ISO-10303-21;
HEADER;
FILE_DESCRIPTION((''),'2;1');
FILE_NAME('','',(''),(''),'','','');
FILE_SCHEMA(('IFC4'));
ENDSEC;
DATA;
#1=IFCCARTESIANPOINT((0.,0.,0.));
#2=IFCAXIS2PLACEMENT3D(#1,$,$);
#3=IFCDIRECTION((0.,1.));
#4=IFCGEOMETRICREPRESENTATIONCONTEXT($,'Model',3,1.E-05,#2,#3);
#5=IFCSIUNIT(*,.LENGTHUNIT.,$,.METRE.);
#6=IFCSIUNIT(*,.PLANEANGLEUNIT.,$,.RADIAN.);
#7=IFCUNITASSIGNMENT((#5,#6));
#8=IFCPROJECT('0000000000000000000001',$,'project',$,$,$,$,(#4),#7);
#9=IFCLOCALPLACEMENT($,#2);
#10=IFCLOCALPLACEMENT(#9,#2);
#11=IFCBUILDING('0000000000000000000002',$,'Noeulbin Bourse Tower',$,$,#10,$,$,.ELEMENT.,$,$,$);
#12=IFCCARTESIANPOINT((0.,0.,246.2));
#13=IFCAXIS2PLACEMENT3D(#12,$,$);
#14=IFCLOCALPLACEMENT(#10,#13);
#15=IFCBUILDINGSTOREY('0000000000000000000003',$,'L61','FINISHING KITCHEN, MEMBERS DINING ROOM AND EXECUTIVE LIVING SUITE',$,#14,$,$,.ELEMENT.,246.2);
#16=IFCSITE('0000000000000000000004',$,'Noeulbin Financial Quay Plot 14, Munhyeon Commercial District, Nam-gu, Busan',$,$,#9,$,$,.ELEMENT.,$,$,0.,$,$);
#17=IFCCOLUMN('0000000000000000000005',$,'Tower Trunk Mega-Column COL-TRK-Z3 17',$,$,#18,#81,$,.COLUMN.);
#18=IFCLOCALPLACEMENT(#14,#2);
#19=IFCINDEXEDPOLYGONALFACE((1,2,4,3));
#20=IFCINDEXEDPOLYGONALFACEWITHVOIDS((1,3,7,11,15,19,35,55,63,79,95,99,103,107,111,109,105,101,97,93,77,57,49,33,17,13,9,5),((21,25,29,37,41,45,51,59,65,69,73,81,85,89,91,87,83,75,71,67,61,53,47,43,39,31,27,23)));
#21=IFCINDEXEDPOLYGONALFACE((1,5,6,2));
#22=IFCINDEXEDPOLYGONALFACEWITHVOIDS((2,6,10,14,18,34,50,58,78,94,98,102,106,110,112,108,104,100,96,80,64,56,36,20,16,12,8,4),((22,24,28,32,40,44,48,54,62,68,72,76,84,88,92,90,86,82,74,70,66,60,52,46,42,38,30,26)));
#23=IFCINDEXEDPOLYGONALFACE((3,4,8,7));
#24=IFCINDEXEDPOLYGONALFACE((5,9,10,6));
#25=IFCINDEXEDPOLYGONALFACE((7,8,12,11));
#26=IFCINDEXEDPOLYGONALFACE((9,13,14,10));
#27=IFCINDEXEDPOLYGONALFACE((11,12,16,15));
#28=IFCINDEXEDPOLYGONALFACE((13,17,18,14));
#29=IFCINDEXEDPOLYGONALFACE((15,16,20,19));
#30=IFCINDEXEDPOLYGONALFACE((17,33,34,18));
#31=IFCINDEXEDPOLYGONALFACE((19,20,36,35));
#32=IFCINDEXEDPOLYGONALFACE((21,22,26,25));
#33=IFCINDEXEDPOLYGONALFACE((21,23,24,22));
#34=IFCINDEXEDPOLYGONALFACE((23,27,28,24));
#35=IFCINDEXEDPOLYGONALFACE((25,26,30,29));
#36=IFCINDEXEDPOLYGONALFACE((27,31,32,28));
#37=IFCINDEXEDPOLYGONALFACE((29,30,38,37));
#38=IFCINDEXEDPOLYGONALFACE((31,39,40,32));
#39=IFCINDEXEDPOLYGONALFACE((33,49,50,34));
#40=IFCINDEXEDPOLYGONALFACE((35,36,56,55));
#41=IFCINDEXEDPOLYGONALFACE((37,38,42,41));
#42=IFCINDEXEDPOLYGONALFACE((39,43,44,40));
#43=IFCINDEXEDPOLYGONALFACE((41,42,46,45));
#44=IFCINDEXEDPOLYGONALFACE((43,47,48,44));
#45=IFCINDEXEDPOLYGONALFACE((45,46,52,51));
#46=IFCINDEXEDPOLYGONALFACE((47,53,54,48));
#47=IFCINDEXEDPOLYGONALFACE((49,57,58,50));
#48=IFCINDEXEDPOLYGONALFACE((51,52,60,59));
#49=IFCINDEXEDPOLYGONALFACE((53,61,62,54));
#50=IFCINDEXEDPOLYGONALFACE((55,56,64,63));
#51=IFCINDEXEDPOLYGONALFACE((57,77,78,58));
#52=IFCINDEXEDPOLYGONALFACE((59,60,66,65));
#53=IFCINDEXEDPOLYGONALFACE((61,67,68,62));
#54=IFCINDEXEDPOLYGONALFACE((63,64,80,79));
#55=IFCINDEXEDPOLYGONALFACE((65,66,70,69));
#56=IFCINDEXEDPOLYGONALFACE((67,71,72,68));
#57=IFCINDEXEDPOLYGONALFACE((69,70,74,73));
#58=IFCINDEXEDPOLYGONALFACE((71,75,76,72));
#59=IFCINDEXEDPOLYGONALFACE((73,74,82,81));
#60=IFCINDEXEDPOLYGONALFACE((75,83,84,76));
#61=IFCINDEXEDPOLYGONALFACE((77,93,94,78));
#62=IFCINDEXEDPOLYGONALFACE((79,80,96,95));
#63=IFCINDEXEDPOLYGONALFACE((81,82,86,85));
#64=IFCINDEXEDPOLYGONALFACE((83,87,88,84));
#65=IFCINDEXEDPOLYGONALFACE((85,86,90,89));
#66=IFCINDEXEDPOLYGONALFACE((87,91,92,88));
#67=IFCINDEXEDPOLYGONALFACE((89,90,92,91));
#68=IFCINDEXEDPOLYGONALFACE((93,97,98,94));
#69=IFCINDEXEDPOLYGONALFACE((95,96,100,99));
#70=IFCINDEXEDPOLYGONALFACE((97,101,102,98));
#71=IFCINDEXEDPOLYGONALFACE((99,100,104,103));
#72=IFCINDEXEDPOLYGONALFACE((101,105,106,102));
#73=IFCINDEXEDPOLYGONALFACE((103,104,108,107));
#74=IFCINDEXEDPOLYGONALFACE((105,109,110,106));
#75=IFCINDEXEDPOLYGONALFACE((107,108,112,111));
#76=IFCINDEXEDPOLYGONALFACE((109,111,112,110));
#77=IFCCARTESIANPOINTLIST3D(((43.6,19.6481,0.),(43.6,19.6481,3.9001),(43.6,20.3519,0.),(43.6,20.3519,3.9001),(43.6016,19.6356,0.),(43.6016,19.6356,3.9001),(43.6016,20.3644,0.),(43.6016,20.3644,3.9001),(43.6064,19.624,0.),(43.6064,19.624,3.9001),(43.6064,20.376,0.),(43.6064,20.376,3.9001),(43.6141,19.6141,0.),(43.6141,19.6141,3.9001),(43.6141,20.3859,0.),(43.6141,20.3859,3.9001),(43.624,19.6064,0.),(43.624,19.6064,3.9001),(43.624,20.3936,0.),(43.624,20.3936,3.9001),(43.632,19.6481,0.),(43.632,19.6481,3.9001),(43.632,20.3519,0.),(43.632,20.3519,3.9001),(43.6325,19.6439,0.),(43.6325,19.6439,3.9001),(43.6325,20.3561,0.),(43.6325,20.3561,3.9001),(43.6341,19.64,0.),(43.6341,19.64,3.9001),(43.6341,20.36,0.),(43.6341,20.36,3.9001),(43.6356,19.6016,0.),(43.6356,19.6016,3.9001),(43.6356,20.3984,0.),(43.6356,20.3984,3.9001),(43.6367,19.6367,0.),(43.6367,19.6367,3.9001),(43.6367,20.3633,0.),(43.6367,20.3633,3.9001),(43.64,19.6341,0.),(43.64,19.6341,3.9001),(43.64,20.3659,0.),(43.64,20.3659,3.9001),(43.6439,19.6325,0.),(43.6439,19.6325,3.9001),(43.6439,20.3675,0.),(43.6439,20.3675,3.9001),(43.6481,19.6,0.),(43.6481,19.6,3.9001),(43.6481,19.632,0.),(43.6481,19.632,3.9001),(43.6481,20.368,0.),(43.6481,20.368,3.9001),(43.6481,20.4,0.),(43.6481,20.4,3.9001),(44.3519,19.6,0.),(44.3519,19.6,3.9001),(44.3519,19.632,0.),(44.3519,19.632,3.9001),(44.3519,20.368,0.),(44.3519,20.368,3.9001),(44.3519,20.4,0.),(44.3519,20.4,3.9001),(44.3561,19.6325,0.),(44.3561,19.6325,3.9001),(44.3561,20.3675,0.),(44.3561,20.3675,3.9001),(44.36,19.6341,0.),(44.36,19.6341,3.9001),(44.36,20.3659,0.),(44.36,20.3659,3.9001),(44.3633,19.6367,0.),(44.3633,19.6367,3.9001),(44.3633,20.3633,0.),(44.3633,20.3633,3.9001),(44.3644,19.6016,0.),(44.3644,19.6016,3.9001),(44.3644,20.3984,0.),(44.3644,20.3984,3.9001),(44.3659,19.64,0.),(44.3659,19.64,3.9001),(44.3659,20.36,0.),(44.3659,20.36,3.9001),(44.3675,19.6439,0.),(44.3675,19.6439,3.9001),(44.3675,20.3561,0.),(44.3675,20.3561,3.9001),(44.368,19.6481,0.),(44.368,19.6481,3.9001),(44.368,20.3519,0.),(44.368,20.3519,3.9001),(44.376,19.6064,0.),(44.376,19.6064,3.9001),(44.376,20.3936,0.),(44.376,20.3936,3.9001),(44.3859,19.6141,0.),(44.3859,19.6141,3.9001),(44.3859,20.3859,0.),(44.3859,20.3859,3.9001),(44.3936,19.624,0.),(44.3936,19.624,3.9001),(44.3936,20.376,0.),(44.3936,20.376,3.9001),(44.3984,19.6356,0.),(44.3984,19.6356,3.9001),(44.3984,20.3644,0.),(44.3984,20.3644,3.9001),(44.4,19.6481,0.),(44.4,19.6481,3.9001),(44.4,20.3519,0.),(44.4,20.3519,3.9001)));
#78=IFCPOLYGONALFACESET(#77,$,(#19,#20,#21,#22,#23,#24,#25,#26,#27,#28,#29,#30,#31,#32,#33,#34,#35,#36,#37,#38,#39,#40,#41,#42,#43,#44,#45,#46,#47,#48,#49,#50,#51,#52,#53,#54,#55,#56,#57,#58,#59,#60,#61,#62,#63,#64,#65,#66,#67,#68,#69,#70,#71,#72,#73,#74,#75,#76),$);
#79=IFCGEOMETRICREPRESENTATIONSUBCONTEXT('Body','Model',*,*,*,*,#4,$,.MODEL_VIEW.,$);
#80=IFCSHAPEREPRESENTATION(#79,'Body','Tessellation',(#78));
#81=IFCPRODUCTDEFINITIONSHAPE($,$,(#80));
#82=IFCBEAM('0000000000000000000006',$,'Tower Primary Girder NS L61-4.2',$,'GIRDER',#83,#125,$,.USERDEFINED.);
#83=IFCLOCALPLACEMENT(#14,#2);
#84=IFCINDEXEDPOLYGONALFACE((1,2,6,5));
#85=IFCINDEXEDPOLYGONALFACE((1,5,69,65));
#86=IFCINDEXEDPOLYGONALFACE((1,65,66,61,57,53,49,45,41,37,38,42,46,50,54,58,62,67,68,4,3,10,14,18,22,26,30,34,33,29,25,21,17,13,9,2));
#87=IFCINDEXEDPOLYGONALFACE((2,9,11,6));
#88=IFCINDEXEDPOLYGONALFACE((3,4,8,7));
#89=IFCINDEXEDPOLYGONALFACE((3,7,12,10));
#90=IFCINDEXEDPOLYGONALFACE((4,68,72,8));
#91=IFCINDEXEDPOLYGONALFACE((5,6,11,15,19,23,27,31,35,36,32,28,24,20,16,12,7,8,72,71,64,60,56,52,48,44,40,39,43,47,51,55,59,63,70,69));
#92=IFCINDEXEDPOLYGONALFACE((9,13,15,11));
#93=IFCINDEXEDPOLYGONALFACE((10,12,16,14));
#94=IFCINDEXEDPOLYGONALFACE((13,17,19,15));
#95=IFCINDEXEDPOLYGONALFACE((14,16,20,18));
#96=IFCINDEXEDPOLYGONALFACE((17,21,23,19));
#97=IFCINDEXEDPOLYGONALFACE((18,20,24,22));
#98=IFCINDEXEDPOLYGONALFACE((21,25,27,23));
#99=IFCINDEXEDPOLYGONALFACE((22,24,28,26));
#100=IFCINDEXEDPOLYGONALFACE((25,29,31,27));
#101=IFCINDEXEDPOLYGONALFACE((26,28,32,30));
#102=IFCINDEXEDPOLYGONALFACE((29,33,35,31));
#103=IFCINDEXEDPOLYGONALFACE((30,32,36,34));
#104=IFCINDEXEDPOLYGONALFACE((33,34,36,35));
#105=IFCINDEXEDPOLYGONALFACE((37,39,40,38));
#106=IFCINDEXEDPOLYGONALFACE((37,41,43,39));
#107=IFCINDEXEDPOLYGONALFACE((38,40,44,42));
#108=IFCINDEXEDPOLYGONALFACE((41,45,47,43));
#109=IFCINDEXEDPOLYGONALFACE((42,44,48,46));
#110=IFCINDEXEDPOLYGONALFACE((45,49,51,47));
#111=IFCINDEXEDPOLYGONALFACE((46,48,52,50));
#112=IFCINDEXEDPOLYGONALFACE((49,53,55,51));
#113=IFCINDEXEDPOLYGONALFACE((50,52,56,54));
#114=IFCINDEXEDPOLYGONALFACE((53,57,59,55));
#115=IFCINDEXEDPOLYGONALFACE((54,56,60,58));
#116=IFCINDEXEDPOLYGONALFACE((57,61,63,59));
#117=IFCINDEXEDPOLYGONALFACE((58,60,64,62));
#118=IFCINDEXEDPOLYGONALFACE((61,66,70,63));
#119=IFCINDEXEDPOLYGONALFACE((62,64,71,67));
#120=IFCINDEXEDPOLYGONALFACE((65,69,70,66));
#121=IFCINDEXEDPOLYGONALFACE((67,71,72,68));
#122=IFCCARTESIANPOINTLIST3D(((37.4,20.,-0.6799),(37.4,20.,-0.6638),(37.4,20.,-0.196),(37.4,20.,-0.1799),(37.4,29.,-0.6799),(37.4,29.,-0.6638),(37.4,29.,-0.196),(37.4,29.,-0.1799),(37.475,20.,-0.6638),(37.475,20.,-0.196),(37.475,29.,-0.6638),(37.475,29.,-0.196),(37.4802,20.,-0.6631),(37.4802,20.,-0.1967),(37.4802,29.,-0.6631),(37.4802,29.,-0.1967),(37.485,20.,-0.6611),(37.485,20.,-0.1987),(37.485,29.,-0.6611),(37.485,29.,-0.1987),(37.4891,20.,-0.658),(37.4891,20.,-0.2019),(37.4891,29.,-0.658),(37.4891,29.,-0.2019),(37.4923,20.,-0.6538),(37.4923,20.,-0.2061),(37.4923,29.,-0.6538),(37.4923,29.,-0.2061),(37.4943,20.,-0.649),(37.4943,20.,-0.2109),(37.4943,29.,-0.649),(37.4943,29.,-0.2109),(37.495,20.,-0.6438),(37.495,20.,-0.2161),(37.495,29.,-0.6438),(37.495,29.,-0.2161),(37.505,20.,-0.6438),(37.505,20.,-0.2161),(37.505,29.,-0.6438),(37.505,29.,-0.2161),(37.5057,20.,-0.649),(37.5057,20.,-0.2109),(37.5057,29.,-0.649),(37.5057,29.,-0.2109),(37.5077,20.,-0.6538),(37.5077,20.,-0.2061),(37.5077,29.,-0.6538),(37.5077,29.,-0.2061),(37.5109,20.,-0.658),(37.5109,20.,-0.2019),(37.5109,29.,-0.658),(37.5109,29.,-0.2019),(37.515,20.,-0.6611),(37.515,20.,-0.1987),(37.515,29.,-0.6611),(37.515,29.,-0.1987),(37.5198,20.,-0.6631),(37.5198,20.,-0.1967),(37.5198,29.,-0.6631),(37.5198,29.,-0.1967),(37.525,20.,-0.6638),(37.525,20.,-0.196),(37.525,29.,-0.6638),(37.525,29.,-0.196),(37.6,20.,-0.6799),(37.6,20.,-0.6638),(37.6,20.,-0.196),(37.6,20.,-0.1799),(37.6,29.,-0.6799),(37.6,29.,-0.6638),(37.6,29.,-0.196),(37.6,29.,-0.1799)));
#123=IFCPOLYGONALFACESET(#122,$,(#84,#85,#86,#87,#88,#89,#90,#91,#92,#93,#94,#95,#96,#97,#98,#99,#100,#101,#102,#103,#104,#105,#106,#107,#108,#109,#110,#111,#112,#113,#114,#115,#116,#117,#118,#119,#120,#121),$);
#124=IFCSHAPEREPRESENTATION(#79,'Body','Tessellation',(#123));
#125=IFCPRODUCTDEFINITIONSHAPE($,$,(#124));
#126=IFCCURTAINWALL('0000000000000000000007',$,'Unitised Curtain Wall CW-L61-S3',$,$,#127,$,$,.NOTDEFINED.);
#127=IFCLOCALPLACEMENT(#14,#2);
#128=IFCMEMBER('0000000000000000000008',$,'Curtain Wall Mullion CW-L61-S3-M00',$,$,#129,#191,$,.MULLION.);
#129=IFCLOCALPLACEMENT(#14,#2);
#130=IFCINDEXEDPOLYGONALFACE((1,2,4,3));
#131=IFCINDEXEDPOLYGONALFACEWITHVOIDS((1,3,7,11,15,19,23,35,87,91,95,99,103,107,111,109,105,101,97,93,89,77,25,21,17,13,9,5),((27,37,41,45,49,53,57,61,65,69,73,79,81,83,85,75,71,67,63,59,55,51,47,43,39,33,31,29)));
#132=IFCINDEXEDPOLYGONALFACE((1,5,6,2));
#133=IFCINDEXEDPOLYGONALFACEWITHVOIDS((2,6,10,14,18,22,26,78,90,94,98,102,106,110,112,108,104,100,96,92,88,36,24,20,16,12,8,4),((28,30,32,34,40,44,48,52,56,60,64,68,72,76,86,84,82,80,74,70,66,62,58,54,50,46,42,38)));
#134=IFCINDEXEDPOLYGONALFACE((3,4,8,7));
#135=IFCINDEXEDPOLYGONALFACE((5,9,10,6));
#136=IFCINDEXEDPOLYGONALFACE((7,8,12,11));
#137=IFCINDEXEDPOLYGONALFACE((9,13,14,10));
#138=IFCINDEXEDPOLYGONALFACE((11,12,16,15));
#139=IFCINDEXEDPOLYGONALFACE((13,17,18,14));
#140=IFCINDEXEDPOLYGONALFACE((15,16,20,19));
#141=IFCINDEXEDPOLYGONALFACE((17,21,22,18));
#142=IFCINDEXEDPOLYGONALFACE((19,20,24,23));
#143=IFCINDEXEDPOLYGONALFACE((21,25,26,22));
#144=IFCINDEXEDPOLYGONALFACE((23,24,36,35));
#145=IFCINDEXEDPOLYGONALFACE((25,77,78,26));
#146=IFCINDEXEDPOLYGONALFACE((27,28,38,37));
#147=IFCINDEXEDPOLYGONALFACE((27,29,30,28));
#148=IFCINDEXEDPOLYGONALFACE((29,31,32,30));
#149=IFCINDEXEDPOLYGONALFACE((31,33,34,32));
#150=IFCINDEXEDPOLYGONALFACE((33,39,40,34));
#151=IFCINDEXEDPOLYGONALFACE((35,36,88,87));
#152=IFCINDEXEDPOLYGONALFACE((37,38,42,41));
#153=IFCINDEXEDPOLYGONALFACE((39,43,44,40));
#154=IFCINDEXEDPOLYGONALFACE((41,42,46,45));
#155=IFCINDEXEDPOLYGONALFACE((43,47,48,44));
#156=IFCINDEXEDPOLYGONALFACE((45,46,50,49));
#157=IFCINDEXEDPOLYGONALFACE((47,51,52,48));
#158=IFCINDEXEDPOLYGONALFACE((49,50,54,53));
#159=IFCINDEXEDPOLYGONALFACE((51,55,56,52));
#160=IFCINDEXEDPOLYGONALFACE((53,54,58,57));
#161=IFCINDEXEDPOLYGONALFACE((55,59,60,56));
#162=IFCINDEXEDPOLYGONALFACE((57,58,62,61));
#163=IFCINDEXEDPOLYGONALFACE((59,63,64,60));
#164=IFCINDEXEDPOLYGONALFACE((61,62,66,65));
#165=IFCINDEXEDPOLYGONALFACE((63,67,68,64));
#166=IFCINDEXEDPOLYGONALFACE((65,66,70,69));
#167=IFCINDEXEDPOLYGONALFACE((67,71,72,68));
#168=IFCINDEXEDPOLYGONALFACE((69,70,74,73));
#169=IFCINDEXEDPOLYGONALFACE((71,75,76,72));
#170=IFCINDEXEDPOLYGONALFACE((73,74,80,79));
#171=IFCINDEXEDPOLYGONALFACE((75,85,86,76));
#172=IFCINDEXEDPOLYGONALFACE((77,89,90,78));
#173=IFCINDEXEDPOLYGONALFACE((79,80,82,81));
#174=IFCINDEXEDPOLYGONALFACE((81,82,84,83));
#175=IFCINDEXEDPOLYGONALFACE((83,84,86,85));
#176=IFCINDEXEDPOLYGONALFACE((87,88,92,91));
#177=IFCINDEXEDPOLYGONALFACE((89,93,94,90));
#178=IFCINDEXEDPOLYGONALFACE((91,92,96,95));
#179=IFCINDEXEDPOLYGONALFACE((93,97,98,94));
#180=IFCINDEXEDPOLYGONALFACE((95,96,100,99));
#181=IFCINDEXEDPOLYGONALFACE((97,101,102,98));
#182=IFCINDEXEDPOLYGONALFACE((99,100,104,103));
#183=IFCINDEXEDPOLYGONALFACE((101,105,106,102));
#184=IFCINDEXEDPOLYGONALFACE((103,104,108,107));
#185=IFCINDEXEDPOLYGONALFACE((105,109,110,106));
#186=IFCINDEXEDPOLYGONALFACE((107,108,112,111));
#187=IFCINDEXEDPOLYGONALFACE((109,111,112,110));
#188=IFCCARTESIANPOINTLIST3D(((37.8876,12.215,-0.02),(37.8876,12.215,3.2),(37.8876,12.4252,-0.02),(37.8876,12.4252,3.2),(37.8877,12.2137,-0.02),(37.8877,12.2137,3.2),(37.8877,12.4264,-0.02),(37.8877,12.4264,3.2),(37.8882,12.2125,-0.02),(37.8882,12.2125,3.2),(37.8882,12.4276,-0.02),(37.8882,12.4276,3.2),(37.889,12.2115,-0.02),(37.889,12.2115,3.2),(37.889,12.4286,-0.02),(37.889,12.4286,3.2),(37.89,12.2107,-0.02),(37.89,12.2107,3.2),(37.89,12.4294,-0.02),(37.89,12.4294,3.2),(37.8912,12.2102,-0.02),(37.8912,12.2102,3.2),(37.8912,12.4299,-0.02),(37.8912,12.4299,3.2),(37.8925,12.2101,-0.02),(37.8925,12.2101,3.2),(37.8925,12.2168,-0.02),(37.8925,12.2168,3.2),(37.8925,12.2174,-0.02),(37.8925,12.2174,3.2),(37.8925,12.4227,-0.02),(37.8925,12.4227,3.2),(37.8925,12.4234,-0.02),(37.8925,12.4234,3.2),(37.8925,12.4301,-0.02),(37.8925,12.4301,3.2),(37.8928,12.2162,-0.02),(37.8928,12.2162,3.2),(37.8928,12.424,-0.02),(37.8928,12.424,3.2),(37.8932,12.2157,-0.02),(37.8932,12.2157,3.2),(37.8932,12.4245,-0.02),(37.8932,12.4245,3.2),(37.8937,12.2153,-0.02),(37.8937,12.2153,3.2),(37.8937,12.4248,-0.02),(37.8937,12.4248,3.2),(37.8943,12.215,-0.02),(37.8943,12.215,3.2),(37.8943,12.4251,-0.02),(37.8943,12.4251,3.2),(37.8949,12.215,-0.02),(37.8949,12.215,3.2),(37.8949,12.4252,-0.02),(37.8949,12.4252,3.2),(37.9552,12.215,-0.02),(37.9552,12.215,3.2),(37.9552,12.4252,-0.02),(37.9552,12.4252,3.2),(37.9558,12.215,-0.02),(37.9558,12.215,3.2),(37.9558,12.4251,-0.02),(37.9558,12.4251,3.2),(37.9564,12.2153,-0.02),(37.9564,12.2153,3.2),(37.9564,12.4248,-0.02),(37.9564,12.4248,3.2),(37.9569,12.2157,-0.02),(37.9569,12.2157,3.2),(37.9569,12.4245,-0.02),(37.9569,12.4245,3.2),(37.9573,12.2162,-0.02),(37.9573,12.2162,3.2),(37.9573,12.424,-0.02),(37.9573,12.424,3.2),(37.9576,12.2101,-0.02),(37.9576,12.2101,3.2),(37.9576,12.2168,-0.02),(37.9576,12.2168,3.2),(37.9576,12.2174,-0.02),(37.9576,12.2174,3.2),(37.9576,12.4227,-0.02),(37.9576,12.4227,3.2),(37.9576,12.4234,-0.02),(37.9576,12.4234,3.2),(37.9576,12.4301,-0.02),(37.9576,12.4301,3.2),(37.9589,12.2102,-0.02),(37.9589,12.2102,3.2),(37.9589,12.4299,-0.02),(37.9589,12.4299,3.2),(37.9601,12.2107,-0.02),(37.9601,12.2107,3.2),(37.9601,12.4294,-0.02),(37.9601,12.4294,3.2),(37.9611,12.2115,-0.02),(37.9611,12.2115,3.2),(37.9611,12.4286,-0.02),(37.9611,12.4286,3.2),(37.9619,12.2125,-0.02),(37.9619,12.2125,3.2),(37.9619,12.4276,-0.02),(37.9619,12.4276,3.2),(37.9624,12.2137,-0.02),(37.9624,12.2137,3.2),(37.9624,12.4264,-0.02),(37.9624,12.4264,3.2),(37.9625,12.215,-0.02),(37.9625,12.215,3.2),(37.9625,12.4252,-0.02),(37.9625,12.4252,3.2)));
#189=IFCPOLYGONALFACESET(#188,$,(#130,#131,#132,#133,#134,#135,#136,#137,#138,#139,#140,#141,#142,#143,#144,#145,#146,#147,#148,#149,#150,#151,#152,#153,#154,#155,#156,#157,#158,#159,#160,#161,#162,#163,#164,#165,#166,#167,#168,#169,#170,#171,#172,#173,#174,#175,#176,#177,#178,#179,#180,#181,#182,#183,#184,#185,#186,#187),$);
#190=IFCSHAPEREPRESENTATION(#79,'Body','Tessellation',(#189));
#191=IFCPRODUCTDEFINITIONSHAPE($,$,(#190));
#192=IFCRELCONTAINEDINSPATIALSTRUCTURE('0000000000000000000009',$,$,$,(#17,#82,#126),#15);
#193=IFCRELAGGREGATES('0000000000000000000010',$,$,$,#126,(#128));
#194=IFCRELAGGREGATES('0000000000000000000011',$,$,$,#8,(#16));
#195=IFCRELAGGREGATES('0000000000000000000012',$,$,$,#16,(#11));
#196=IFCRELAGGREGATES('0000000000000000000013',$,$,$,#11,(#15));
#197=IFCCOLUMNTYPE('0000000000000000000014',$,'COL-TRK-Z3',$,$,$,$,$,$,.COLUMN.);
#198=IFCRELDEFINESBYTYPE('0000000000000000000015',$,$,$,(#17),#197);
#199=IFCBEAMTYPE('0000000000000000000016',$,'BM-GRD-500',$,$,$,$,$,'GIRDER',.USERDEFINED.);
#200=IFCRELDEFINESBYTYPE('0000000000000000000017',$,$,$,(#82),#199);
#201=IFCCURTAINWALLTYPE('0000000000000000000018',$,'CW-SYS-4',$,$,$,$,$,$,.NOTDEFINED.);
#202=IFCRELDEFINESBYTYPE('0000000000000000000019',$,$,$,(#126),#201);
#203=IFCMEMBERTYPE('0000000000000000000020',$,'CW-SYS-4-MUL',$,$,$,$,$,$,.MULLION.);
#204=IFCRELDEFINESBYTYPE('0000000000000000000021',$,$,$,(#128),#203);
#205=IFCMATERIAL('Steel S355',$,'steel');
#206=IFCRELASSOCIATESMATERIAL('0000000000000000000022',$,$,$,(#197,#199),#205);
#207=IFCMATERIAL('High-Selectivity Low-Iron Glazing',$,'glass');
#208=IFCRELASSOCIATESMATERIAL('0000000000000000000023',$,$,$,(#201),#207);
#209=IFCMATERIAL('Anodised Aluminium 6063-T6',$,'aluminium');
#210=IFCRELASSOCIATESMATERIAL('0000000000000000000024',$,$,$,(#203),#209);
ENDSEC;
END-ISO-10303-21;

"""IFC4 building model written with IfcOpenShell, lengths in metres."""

from ifc_helpers import new_model, si_unit, direction, frame, origin, origin_2d, place, context, subcontext, project, spatial, hollow_rectangle, i_section, extrude, material, material_profile, profile_set, type_object, element, aggregate, save


model = new_model("IFC4")

# Units and contexts
model_context = context("Model", 3, precision=1e-05, world=origin(), true_north=direction((0.0, 1.0)))
body_context = subcontext(model_context, "Body", "Model", "MODEL_VIEW")
ifc_project = project(units=[si_unit("LENGTHUNIT", "METRE"), si_unit("PLANEANGLEUNIT", "RADIAN")], contexts=[model_context])

# Site, building, storey
site_placement = place(None, origin())
site = spatial("IfcSite", under=ifc_project, at=site_placement, Name="Noeulbin Financial Quay Plot 14, Munhyeon Commercial District, Nam-gu, Busan", CompositionType="ELEMENT", RefElevation=0.0)
building_placement = place(site_placement, origin())
building = spatial("IfcBuilding", under=site, at=building_placement, Name="Noeulbin Bourse Tower", CompositionType="ELEMENT")
storey_placement = place(building_placement, frame((0.0, 0.0, 246.2)))
storey = spatial("IfcBuildingStorey", under=building, at=storey_placement, Name="L61", Description="FINISHING KITCHEN, MEMBERS DINING ROOM AND EXECUTIVE LIVING SUITE", CompositionType="ELEMENT", Elevation=246.2)

# Column
ifc_material_1 = material(Name="Steel S355", Category="steel")
ifc_material_profile_1 = material_profile(ifc_material_1, hollow_rectangle(XDim=0.8, YDim=0.8, WallThickness=0.032, InnerFilletRadius=0.0161, OuterFilletRadius=0.0481, at=origin_2d()), Name="BOX-800x800x32", Category="LoadBearing")
ifc_profile_set_1 = profile_set([ifc_material_profile_1], Name="Steel S355")
column_type = type_object("IfcColumnType", Name="COL-TRK-Z3", PredefinedType="COLUMN", material=ifc_profile_set_1)
column_placement = place(storey_placement, frame((44.0, 20.0, 0.0), z_axis=(0.0, 0.0, 1.0), x_axis=(1.0, 0.0, 0.0)))
element("IfcColumn", 1, at=column_placement, inside=storey, type_object=column_type, Name="Tower Trunk Mega-Column COL-TRK-Z3 17", PredefinedType="COLUMN", context=body_context, shape_type="SweptSolid", body=[
    extrude(hollow_rectangle(XDim=0.8, YDim=0.8, WallThickness=0.032, InnerFilletRadius=0.0161, OuterFilletRadius=0.0481, at=origin_2d()), origin(), (0.0, 0.0, 1.0), 3.9001),
])

# Beam
ifc_material_profile_2 = material_profile(ifc_material_1, i_section(OverallWidth=0.2, OverallDepth=0.5, WebThickness=0.01, FlangeThickness=0.0161, FilletRadius=0.02, at=origin_2d()), Name="H-500x200x10x16", Category="LoadBearing")
ifc_profile_set_2 = profile_set([ifc_material_profile_2], Name="Steel S355")
beam_type = type_object("IfcBeamType", Name="BM-GRD-500", ElementType="GIRDER", PredefinedType="USERDEFINED", material=ifc_profile_set_2)
beam_placement = place(storey_placement, frame((37.5, 20.0, -0.4299), z_axis=(0.0, 1.0, 0.0), x_axis=(-1.0, 0.0, 0.0)))
element("IfcBeam", 2, at=beam_placement, inside=storey, type_object=beam_type, Name="Tower Primary Girder NS L61-4.2", ObjectType="GIRDER", PredefinedType="USERDEFINED", context=body_context, shape_type="SweptSolid", body=[
    extrude(i_section(OverallWidth=0.2, OverallDepth=0.5, WebThickness=0.01, FlangeThickness=0.0161, FilletRadius=0.02, at=origin_2d()), origin(), (0.0, 0.0, 1.0), 9.0),
])

# Curtain wall, member
ifc_material_2 = material(Name="High-Selectivity Low-Iron Glazing", Category="glass")
curtain_wall_type = type_object("IfcCurtainWallType", Name="CW-SYS-4", PredefinedType="NOTDEFINED", material=ifc_material_2)
curtain_wall_1_placement = place(storey_placement, origin())
curtain_wall_1 = element("IfcCurtainWall", 3, at=curtain_wall_1_placement, inside=storey, type_object=curtain_wall_type, Name="Unitised Curtain Wall CW-L61-S3", PredefinedType="NOTDEFINED")
ifc_material_3 = material(Name="Anodised Aluminium 6063-T6", Category="aluminium")
ifc_material_profile_3 = material_profile(ifc_material_3, hollow_rectangle(XDim=0.075, YDim=0.22, WallThickness=0.0049, InnerFilletRadius=0.0024, OuterFilletRadius=0.0049, at=origin_2d()), Name="ALU-MULL-75x220x5", Category="LoadBearing")
ifc_profile_set_3 = profile_set([ifc_material_profile_3], Name="Anodised Aluminium 6063-T6")
member_type_1 = type_object("IfcMemberType", Name="CW-SYS-4-MUL", PredefinedType="MULLION", material=ifc_profile_set_3)
member_1_placement = place(storey_placement, frame((37.925, 12.3201, -0.02), z_axis=(0.0, 0.0, 1.0), x_axis=(1.0, 0.0, 0.0)))
member_1 = element("IfcMember", 4, at=member_1_placement, type_object=member_type_1, Name="Curtain Wall Mullion CW-L61-S3-M00", PredefinedType="MULLION", context=body_context, shape_type="SweptSolid", body=[
    extrude(hollow_rectangle(XDim=0.075, YDim=0.22, WallThickness=0.0049, InnerFilletRadius=0.0024, OuterFilletRadius=0.0049, at=origin_2d()), origin(), (0.0, 0.0, 1.0), 3.22),
])

aggregate(curtain_wall_1, [member_1])

save(model, "model.ifc")
